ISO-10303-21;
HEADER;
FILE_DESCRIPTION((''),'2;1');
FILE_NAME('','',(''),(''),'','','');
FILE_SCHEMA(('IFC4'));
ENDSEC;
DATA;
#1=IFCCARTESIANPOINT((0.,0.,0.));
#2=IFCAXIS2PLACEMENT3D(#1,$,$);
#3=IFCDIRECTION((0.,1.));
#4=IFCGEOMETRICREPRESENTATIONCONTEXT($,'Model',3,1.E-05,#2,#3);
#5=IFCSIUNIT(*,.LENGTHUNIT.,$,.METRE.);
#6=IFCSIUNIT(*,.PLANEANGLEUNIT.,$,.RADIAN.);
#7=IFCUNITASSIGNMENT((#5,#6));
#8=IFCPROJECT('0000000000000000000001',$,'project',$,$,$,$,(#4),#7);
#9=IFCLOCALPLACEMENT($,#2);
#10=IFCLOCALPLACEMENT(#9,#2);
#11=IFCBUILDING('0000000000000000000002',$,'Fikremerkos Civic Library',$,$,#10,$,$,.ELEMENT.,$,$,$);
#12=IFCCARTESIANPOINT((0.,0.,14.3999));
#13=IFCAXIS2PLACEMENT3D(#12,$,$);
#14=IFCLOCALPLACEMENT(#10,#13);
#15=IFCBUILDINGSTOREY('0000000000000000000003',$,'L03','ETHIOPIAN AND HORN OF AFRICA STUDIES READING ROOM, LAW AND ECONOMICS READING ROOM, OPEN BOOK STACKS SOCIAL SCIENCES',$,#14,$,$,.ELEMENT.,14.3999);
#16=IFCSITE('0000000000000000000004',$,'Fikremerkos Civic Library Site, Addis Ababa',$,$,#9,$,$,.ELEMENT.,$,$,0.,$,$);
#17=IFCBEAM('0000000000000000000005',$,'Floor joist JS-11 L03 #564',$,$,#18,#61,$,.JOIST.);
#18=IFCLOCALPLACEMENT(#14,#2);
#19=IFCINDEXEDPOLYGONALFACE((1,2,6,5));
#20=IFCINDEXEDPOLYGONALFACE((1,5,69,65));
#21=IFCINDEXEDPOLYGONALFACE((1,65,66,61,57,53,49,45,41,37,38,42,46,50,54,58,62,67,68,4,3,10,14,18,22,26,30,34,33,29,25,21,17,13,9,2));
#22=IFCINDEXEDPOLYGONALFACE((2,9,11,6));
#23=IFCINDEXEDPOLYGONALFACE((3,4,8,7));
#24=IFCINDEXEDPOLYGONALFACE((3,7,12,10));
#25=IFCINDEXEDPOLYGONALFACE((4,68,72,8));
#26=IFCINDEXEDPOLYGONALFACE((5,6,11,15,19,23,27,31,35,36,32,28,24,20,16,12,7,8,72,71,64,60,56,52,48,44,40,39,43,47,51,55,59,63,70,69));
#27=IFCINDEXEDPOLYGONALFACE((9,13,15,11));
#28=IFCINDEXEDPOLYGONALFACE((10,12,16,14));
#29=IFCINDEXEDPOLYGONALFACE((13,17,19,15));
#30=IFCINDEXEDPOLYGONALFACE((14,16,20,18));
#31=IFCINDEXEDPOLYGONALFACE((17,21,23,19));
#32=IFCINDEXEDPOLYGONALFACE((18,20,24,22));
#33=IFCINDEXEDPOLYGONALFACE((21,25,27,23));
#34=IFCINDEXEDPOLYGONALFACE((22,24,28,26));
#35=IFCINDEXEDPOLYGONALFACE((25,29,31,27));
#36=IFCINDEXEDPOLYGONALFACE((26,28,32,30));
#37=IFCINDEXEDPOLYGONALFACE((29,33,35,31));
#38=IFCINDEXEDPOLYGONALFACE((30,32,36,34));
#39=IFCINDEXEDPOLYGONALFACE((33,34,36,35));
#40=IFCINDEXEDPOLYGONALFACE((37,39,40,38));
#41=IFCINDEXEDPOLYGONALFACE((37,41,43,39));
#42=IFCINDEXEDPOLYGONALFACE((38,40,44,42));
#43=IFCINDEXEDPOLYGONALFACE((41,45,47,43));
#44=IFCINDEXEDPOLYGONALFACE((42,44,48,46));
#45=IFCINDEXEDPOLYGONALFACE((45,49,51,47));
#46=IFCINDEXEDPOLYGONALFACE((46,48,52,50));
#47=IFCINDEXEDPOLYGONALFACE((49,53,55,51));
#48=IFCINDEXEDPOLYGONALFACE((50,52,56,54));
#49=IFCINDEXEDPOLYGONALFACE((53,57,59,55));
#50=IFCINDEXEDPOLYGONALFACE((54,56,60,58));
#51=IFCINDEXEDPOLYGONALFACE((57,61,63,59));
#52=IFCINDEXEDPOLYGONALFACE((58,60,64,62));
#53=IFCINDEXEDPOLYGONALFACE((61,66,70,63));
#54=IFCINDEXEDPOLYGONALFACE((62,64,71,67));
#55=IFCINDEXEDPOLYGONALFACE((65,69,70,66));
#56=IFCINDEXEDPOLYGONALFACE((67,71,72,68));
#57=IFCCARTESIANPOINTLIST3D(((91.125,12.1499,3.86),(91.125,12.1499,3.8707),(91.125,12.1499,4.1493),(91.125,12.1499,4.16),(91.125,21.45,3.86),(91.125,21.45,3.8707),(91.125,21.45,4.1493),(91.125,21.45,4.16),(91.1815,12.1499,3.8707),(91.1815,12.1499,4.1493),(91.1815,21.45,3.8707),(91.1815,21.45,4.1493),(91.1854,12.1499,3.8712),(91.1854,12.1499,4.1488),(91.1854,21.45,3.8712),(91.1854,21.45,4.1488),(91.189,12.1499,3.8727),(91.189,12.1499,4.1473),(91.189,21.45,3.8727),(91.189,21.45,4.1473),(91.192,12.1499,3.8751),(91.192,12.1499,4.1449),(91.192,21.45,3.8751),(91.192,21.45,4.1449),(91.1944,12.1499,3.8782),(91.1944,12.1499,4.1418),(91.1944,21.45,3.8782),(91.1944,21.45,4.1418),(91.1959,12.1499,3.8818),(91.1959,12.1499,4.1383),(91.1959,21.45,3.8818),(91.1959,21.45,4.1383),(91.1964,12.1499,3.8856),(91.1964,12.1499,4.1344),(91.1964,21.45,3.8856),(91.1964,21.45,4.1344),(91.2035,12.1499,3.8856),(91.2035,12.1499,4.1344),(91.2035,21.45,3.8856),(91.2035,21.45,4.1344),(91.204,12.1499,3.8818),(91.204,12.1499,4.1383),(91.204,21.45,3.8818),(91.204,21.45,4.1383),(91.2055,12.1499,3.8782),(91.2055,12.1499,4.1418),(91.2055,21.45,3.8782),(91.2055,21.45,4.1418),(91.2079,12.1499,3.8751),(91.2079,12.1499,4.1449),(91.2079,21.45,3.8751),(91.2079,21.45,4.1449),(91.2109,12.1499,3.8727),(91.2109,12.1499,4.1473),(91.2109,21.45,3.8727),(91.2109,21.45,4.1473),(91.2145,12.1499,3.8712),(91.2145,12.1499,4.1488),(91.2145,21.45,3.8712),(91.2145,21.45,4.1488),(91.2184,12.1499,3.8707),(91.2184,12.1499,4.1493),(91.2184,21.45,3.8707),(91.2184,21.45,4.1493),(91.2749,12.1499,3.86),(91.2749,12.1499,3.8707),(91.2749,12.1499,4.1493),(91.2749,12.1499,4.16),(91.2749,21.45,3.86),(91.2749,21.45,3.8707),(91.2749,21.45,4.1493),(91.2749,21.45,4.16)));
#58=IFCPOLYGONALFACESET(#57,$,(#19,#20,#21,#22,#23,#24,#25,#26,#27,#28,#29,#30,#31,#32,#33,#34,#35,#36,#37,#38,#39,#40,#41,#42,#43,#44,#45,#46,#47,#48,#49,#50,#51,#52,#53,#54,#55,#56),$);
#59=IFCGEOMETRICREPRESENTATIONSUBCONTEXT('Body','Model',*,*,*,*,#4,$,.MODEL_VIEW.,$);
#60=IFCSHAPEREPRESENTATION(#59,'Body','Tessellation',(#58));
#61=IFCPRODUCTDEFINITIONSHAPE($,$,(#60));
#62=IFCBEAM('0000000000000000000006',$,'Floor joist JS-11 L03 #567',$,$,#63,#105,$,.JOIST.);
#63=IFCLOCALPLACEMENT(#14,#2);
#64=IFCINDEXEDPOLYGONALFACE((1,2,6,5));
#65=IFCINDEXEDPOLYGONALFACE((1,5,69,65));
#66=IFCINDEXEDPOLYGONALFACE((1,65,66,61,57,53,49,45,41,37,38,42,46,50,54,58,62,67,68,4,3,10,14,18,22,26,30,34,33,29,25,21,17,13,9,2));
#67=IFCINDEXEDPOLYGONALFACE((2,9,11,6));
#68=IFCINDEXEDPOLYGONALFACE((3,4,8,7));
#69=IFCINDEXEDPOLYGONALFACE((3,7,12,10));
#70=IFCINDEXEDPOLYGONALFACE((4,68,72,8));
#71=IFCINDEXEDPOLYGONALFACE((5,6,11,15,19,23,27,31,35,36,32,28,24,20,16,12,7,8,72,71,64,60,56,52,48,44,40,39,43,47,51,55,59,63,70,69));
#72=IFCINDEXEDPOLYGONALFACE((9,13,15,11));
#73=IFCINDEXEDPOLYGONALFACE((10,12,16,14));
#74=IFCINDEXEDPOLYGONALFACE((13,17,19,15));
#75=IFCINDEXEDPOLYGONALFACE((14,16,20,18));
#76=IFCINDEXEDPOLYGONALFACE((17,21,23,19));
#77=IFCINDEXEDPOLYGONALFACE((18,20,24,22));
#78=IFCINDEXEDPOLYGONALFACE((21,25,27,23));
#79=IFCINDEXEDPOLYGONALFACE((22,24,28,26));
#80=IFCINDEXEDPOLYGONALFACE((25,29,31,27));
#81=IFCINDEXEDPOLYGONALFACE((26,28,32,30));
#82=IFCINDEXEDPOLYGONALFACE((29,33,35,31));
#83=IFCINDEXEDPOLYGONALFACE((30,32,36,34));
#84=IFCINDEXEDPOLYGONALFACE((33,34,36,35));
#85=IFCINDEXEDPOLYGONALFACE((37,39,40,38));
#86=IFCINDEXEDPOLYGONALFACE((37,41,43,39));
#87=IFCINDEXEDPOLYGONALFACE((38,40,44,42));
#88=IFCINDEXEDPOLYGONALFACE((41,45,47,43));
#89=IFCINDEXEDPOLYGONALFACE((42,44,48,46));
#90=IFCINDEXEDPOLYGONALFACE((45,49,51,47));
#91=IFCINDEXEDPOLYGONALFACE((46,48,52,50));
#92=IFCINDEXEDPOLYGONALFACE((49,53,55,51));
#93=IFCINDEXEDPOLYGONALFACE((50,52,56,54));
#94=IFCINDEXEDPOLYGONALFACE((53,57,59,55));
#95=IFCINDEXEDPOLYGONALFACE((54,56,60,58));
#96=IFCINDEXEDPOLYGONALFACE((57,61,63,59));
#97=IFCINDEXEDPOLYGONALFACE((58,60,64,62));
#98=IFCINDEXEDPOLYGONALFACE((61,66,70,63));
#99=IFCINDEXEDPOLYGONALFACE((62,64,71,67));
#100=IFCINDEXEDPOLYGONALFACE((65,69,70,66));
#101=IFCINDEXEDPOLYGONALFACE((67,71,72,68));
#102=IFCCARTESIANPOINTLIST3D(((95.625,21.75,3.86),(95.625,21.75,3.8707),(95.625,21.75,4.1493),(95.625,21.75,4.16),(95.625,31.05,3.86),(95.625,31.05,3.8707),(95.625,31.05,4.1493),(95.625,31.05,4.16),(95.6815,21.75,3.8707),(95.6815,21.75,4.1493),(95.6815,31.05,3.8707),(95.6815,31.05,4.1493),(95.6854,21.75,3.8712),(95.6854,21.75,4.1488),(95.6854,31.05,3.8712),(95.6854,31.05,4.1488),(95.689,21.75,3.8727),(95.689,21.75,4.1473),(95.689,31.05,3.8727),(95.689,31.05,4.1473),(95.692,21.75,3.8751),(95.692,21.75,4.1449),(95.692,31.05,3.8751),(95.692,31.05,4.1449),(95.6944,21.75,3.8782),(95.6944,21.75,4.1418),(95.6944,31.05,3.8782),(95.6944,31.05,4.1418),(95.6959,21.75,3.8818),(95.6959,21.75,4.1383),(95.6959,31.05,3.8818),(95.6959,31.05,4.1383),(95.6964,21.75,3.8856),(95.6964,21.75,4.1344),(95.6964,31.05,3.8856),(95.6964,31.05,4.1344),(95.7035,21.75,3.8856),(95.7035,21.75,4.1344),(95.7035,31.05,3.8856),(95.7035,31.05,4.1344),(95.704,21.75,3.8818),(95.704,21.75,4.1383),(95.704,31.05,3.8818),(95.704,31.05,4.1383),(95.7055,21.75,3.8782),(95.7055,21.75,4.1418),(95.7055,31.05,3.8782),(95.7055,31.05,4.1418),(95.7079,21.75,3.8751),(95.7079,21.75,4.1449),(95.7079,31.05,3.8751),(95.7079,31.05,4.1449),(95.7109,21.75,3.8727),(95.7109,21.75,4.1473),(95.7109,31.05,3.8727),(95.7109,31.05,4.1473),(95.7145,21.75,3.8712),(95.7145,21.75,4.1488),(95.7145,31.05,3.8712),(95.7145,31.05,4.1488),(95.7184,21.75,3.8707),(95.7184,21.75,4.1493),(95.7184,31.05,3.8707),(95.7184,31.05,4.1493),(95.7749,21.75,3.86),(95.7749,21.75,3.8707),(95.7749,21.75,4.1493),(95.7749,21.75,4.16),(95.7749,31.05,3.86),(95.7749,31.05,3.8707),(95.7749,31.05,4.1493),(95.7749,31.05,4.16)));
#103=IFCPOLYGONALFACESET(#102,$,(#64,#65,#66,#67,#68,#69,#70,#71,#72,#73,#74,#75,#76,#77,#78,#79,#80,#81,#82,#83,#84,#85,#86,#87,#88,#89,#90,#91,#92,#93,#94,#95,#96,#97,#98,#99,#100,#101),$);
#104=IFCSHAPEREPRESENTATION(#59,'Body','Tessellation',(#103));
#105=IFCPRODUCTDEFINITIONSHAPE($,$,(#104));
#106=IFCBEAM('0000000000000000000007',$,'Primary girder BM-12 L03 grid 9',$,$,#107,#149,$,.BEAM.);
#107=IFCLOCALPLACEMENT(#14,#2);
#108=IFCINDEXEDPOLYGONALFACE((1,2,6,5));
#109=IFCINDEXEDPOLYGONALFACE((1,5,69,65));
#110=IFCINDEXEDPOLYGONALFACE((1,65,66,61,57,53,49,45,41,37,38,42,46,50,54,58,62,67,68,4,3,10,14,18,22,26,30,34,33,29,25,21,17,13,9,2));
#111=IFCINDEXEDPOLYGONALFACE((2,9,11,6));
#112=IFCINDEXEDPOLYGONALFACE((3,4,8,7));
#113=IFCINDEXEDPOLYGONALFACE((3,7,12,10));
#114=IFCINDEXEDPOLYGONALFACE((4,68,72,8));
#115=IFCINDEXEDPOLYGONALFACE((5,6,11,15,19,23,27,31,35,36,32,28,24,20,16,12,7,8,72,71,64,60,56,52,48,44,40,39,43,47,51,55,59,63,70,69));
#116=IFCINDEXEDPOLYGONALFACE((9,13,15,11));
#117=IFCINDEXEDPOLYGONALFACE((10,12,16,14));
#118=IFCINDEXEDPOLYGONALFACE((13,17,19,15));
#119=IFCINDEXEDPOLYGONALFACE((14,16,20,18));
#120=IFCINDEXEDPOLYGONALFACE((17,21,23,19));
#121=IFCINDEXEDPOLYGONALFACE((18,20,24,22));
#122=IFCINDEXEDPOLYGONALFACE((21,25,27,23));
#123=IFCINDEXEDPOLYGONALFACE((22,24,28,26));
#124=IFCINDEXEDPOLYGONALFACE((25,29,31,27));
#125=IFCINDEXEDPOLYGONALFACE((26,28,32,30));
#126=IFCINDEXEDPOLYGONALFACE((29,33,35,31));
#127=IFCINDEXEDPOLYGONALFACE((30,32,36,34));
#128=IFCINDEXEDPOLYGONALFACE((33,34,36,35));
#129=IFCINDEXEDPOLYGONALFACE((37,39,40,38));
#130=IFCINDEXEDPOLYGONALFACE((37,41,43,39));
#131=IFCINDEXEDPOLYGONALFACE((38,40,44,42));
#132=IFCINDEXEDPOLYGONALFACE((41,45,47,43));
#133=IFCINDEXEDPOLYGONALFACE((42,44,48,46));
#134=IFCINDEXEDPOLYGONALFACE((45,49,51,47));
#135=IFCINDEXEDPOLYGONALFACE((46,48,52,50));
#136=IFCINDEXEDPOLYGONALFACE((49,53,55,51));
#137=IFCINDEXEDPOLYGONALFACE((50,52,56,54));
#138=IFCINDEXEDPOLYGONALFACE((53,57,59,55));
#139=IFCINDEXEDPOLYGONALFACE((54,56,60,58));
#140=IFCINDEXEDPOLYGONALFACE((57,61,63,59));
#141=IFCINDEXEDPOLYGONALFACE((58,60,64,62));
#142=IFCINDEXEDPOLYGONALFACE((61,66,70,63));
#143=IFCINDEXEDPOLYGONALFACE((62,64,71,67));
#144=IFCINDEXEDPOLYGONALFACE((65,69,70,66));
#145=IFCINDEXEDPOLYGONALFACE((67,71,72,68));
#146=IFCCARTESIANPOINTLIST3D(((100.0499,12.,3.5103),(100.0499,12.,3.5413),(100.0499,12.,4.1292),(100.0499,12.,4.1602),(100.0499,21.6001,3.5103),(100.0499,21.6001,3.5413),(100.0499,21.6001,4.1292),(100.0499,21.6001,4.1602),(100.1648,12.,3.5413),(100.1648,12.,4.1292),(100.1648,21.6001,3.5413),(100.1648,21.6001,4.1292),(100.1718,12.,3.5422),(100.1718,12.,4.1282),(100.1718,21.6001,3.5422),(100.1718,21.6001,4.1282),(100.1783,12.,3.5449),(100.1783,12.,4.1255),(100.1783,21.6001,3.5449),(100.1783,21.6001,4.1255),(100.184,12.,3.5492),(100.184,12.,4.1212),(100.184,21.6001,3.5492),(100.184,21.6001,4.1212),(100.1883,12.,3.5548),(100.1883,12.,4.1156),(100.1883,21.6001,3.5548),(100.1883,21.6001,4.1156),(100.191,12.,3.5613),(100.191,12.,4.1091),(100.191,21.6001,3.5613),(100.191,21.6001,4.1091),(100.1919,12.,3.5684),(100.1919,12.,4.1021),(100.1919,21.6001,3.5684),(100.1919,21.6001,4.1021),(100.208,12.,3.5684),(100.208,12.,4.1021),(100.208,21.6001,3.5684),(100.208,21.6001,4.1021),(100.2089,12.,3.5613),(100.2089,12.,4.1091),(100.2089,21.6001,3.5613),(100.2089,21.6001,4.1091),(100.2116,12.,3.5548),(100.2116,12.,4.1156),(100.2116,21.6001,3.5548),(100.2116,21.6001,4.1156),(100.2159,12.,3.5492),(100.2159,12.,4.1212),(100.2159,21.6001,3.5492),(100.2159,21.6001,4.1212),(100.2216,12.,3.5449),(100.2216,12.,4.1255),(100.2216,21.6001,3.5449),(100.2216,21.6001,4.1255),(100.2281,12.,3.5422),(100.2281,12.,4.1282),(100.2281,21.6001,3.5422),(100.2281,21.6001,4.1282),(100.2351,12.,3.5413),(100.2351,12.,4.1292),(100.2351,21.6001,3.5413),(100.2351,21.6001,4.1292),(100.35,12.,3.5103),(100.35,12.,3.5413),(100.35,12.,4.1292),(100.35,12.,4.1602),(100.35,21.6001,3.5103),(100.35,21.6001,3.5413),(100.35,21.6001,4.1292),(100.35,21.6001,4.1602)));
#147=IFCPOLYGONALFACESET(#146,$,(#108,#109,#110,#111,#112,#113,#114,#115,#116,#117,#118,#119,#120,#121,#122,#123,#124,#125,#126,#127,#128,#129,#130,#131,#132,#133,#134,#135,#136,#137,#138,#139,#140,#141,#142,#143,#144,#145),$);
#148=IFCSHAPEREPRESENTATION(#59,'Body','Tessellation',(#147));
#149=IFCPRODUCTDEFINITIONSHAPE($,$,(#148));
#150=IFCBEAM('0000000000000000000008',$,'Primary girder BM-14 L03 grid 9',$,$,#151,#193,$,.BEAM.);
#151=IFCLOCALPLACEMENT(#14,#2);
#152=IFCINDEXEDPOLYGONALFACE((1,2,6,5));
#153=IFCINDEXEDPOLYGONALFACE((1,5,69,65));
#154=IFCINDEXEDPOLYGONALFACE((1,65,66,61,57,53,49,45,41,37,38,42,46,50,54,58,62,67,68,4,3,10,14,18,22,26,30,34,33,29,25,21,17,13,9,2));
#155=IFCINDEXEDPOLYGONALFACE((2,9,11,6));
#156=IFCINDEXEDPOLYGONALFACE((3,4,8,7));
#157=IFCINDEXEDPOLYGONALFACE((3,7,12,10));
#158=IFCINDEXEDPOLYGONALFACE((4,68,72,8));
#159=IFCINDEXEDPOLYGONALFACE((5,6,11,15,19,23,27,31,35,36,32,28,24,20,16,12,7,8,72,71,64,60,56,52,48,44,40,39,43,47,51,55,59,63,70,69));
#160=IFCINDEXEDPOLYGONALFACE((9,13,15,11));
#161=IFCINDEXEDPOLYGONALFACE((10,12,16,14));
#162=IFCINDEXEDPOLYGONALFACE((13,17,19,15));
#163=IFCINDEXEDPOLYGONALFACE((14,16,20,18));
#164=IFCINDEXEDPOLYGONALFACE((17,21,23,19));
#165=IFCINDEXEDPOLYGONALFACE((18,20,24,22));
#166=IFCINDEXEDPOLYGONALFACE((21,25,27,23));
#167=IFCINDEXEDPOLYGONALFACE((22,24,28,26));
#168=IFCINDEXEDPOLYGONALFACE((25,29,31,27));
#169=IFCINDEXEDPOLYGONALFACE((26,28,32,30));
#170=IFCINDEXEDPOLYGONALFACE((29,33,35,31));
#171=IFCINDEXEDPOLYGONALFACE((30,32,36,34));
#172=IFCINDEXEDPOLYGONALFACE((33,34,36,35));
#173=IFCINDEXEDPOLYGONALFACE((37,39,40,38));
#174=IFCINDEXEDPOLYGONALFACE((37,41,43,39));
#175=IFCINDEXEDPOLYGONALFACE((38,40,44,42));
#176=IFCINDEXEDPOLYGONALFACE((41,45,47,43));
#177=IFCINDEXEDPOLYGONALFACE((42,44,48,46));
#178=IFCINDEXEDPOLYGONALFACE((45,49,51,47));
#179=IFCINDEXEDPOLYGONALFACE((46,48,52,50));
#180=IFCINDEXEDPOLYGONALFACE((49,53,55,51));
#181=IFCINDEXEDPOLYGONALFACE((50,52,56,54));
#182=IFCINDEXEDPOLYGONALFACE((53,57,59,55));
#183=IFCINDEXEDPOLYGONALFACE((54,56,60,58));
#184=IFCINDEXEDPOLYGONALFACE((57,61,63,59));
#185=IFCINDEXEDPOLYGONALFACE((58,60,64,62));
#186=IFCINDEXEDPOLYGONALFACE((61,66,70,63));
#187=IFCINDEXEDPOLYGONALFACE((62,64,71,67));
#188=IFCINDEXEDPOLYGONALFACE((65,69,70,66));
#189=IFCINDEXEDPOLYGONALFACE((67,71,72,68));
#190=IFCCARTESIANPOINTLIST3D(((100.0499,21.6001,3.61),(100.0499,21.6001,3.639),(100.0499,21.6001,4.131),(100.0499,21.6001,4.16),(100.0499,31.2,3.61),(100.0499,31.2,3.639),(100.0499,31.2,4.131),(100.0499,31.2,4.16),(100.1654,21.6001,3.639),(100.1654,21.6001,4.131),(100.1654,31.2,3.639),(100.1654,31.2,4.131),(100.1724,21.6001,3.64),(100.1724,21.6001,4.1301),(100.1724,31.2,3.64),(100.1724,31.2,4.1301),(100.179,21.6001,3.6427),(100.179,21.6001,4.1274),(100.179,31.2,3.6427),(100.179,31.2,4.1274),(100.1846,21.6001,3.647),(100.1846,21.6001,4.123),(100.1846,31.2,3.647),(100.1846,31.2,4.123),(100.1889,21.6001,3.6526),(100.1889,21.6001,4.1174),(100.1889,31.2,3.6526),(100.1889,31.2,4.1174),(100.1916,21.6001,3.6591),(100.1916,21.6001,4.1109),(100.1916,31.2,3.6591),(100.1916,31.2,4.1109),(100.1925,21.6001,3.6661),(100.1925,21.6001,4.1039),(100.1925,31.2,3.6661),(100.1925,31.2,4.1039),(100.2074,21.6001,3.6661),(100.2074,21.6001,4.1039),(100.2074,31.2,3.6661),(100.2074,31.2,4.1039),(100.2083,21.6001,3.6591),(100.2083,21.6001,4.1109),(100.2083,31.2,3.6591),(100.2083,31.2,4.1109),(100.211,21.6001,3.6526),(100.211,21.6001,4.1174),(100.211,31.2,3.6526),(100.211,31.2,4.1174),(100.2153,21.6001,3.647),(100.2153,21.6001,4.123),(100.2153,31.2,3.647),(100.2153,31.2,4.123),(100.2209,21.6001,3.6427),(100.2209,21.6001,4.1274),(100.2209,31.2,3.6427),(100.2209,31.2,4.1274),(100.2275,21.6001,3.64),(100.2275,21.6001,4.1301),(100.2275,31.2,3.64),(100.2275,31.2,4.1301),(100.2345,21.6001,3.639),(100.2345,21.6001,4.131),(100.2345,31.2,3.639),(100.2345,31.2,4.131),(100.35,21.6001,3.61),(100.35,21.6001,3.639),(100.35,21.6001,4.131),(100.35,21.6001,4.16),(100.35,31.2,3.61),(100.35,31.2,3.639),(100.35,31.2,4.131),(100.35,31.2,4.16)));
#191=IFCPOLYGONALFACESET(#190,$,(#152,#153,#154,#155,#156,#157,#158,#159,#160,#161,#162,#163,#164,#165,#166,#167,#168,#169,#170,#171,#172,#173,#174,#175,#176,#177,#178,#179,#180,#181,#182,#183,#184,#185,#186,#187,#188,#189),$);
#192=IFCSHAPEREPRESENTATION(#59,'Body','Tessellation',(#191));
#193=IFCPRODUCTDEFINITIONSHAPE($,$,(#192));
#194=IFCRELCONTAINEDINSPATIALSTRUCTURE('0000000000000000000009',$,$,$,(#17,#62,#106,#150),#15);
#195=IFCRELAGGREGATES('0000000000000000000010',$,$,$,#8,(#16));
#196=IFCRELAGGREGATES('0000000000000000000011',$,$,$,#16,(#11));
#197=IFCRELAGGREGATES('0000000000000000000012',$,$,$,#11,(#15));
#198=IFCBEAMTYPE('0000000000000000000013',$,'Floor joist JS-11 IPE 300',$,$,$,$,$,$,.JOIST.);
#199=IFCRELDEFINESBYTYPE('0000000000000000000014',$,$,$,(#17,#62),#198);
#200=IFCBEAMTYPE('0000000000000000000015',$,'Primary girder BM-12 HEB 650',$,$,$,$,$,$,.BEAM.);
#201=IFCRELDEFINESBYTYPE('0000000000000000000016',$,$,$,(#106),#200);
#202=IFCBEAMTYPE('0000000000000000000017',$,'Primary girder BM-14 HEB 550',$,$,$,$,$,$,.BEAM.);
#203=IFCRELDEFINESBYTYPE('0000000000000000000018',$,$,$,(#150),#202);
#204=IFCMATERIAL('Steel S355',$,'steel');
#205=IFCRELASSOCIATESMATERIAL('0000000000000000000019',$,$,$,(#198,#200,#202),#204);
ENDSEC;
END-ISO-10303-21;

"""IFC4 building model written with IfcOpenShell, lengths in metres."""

from ifc_helpers import new_model, si_unit, direction, frame, origin, origin_2d, place, context, subcontext, project, spatial, i_section, extrude, material, material_profile, profile_set, type_object, element, save


model = new_model("IFC4")

# Units and contexts
model_context = context("Model", 3, precision=1e-05, world=origin(), true_north=direction((0.0, 1.0)))
body_context = subcontext(model_context, "Body", "Model", "MODEL_VIEW")
ifc_project = project(units=[si_unit("LENGTHUNIT", "METRE"), si_unit("PLANEANGLEUNIT", "RADIAN")], contexts=[model_context])

# Site, building, storey
site_placement = place(None, origin())
site = spatial("IfcSite", under=ifc_project, at=site_placement, Name="Fikremerkos Civic Library Site, Addis Ababa", CompositionType="ELEMENT", RefElevation=0.0)
building_placement = place(site_placement, origin())
building = spatial("IfcBuilding", under=site, at=building_placement, Name="Fikremerkos Civic Library", CompositionType="ELEMENT")
storey_placement = place(building_placement, frame((0.0, 0.0, 14.3999)))
storey = spatial("IfcBuildingStorey", under=building, at=storey_placement, Name="L03", Description="ETHIOPIAN AND HORN OF AFRICA STUDIES READING ROOM, LAW AND ECONOMICS READING ROOM, OPEN BOOK STACKS SOCIAL SCIENCES", CompositionType="ELEMENT", Elevation=14.3999)

# Shared definitions
ifc_material_1 = material(Name="Steel S355", Category="steel")

# Beams
ifc_material_profile_1 = material_profile(ifc_material_1, i_section(OverallWidth=0.1499, OverallDepth=0.3, WebThickness=0.0071, FlangeThickness=0.0107, FilletRadius=0.0149, at=origin_2d()), Name="IPE 300")
ifc_profile_set_1 = profile_set([ifc_material_profile_1], Name="Steel S355")
beam_type_1 = type_object("IfcBeamType", Name="Floor joist JS-11 IPE 300", PredefinedType="JOIST", material=ifc_profile_set_1)
for number, where, z_axis, x_axis, name in (
    (1, (91.2, 12.1499, 4.01), (0.0, 1.0, 0.0), (-1.0, 0.0, 0.0), "Floor joist JS-11 L03 #564"),
    (2, (95.7, 21.75, 4.01), (0.0, 1.0, 0.0), (-1.0, 0.0, 0.0), "Floor joist JS-11 L03 #567"),
):
    element("IfcBeam", number, at=place(storey_placement, frame(where, z_axis=z_axis, x_axis=x_axis)), inside=storey, type_object=beam_type_1, Name=name, PredefinedType="JOIST", context=body_context, shape_type="SweptSolid", body=[
        extrude(i_section(OverallWidth=0.1499, OverallDepth=0.3, WebThickness=0.0071, FlangeThickness=0.0107, FilletRadius=0.0149, at=origin_2d()), origin(), (0.0, 0.0, 1.0), 9.3),
    ])
ifc_material_profile_2 = material_profile(ifc_material_1, i_section(OverallWidth=0.3, OverallDepth=0.6499, WebThickness=0.0161, FlangeThickness=0.031, FilletRadius=0.0271, at=origin_2d()), Name="HEB 650")
ifc_profile_set_2 = profile_set([ifc_material_profile_2], Name="Steel S355")
beam_type_2 = type_object("IfcBeamType", Name="Primary girder BM-12 HEB 650", PredefinedType="BEAM", material=ifc_profile_set_2)
beam_1_placement = place(storey_placement, frame((100.2, 12.0, 3.8352), z_axis=(0.0, 1.0, 0.0), x_axis=(-1.0, 0.0, 0.0)))
element("IfcBeam", 3, at=beam_1_placement, inside=storey, type_object=beam_type_2, Name="Primary girder BM-12 L03 grid 9", PredefinedType="BEAM", context=body_context, shape_type="SweptSolid", body=[
    extrude(i_section(OverallWidth=0.3, OverallDepth=0.6499, WebThickness=0.0161, FlangeThickness=0.031, FilletRadius=0.0271, at=origin_2d()), origin(), (0.0, 0.0, 1.0), 9.6001),
])
ifc_material_profile_3 = material_profile(ifc_material_1, i_section(OverallWidth=0.3, OverallDepth=0.55, WebThickness=0.0149, FlangeThickness=0.0291, FilletRadius=0.0271, at=origin_2d()), Name="HEB 550")
ifc_profile_set_3 = profile_set([ifc_material_profile_3], Name="Steel S355")
beam_type_3 = type_object("IfcBeamType", Name="Primary girder BM-14 HEB 550", PredefinedType="BEAM", material=ifc_profile_set_3)
beam_2_placement = place(storey_placement, frame((100.2, 21.6001, 3.885), z_axis=(0.0, 1.0, 0.0), x_axis=(-1.0, 0.0, 0.0)))
element("IfcBeam", 4, at=beam_2_placement, inside=storey, type_object=beam_type_3, Name="Primary girder BM-14 L03 grid 9", PredefinedType="BEAM", context=body_context, shape_type="SweptSolid", body=[
    extrude(i_section(OverallWidth=0.3, OverallDepth=0.55, WebThickness=0.0149, FlangeThickness=0.0291, FilletRadius=0.0271, at=origin_2d()), origin(), (0.0, 0.0, 1.0), 9.5999),
])

save(model, "model.ifc")
